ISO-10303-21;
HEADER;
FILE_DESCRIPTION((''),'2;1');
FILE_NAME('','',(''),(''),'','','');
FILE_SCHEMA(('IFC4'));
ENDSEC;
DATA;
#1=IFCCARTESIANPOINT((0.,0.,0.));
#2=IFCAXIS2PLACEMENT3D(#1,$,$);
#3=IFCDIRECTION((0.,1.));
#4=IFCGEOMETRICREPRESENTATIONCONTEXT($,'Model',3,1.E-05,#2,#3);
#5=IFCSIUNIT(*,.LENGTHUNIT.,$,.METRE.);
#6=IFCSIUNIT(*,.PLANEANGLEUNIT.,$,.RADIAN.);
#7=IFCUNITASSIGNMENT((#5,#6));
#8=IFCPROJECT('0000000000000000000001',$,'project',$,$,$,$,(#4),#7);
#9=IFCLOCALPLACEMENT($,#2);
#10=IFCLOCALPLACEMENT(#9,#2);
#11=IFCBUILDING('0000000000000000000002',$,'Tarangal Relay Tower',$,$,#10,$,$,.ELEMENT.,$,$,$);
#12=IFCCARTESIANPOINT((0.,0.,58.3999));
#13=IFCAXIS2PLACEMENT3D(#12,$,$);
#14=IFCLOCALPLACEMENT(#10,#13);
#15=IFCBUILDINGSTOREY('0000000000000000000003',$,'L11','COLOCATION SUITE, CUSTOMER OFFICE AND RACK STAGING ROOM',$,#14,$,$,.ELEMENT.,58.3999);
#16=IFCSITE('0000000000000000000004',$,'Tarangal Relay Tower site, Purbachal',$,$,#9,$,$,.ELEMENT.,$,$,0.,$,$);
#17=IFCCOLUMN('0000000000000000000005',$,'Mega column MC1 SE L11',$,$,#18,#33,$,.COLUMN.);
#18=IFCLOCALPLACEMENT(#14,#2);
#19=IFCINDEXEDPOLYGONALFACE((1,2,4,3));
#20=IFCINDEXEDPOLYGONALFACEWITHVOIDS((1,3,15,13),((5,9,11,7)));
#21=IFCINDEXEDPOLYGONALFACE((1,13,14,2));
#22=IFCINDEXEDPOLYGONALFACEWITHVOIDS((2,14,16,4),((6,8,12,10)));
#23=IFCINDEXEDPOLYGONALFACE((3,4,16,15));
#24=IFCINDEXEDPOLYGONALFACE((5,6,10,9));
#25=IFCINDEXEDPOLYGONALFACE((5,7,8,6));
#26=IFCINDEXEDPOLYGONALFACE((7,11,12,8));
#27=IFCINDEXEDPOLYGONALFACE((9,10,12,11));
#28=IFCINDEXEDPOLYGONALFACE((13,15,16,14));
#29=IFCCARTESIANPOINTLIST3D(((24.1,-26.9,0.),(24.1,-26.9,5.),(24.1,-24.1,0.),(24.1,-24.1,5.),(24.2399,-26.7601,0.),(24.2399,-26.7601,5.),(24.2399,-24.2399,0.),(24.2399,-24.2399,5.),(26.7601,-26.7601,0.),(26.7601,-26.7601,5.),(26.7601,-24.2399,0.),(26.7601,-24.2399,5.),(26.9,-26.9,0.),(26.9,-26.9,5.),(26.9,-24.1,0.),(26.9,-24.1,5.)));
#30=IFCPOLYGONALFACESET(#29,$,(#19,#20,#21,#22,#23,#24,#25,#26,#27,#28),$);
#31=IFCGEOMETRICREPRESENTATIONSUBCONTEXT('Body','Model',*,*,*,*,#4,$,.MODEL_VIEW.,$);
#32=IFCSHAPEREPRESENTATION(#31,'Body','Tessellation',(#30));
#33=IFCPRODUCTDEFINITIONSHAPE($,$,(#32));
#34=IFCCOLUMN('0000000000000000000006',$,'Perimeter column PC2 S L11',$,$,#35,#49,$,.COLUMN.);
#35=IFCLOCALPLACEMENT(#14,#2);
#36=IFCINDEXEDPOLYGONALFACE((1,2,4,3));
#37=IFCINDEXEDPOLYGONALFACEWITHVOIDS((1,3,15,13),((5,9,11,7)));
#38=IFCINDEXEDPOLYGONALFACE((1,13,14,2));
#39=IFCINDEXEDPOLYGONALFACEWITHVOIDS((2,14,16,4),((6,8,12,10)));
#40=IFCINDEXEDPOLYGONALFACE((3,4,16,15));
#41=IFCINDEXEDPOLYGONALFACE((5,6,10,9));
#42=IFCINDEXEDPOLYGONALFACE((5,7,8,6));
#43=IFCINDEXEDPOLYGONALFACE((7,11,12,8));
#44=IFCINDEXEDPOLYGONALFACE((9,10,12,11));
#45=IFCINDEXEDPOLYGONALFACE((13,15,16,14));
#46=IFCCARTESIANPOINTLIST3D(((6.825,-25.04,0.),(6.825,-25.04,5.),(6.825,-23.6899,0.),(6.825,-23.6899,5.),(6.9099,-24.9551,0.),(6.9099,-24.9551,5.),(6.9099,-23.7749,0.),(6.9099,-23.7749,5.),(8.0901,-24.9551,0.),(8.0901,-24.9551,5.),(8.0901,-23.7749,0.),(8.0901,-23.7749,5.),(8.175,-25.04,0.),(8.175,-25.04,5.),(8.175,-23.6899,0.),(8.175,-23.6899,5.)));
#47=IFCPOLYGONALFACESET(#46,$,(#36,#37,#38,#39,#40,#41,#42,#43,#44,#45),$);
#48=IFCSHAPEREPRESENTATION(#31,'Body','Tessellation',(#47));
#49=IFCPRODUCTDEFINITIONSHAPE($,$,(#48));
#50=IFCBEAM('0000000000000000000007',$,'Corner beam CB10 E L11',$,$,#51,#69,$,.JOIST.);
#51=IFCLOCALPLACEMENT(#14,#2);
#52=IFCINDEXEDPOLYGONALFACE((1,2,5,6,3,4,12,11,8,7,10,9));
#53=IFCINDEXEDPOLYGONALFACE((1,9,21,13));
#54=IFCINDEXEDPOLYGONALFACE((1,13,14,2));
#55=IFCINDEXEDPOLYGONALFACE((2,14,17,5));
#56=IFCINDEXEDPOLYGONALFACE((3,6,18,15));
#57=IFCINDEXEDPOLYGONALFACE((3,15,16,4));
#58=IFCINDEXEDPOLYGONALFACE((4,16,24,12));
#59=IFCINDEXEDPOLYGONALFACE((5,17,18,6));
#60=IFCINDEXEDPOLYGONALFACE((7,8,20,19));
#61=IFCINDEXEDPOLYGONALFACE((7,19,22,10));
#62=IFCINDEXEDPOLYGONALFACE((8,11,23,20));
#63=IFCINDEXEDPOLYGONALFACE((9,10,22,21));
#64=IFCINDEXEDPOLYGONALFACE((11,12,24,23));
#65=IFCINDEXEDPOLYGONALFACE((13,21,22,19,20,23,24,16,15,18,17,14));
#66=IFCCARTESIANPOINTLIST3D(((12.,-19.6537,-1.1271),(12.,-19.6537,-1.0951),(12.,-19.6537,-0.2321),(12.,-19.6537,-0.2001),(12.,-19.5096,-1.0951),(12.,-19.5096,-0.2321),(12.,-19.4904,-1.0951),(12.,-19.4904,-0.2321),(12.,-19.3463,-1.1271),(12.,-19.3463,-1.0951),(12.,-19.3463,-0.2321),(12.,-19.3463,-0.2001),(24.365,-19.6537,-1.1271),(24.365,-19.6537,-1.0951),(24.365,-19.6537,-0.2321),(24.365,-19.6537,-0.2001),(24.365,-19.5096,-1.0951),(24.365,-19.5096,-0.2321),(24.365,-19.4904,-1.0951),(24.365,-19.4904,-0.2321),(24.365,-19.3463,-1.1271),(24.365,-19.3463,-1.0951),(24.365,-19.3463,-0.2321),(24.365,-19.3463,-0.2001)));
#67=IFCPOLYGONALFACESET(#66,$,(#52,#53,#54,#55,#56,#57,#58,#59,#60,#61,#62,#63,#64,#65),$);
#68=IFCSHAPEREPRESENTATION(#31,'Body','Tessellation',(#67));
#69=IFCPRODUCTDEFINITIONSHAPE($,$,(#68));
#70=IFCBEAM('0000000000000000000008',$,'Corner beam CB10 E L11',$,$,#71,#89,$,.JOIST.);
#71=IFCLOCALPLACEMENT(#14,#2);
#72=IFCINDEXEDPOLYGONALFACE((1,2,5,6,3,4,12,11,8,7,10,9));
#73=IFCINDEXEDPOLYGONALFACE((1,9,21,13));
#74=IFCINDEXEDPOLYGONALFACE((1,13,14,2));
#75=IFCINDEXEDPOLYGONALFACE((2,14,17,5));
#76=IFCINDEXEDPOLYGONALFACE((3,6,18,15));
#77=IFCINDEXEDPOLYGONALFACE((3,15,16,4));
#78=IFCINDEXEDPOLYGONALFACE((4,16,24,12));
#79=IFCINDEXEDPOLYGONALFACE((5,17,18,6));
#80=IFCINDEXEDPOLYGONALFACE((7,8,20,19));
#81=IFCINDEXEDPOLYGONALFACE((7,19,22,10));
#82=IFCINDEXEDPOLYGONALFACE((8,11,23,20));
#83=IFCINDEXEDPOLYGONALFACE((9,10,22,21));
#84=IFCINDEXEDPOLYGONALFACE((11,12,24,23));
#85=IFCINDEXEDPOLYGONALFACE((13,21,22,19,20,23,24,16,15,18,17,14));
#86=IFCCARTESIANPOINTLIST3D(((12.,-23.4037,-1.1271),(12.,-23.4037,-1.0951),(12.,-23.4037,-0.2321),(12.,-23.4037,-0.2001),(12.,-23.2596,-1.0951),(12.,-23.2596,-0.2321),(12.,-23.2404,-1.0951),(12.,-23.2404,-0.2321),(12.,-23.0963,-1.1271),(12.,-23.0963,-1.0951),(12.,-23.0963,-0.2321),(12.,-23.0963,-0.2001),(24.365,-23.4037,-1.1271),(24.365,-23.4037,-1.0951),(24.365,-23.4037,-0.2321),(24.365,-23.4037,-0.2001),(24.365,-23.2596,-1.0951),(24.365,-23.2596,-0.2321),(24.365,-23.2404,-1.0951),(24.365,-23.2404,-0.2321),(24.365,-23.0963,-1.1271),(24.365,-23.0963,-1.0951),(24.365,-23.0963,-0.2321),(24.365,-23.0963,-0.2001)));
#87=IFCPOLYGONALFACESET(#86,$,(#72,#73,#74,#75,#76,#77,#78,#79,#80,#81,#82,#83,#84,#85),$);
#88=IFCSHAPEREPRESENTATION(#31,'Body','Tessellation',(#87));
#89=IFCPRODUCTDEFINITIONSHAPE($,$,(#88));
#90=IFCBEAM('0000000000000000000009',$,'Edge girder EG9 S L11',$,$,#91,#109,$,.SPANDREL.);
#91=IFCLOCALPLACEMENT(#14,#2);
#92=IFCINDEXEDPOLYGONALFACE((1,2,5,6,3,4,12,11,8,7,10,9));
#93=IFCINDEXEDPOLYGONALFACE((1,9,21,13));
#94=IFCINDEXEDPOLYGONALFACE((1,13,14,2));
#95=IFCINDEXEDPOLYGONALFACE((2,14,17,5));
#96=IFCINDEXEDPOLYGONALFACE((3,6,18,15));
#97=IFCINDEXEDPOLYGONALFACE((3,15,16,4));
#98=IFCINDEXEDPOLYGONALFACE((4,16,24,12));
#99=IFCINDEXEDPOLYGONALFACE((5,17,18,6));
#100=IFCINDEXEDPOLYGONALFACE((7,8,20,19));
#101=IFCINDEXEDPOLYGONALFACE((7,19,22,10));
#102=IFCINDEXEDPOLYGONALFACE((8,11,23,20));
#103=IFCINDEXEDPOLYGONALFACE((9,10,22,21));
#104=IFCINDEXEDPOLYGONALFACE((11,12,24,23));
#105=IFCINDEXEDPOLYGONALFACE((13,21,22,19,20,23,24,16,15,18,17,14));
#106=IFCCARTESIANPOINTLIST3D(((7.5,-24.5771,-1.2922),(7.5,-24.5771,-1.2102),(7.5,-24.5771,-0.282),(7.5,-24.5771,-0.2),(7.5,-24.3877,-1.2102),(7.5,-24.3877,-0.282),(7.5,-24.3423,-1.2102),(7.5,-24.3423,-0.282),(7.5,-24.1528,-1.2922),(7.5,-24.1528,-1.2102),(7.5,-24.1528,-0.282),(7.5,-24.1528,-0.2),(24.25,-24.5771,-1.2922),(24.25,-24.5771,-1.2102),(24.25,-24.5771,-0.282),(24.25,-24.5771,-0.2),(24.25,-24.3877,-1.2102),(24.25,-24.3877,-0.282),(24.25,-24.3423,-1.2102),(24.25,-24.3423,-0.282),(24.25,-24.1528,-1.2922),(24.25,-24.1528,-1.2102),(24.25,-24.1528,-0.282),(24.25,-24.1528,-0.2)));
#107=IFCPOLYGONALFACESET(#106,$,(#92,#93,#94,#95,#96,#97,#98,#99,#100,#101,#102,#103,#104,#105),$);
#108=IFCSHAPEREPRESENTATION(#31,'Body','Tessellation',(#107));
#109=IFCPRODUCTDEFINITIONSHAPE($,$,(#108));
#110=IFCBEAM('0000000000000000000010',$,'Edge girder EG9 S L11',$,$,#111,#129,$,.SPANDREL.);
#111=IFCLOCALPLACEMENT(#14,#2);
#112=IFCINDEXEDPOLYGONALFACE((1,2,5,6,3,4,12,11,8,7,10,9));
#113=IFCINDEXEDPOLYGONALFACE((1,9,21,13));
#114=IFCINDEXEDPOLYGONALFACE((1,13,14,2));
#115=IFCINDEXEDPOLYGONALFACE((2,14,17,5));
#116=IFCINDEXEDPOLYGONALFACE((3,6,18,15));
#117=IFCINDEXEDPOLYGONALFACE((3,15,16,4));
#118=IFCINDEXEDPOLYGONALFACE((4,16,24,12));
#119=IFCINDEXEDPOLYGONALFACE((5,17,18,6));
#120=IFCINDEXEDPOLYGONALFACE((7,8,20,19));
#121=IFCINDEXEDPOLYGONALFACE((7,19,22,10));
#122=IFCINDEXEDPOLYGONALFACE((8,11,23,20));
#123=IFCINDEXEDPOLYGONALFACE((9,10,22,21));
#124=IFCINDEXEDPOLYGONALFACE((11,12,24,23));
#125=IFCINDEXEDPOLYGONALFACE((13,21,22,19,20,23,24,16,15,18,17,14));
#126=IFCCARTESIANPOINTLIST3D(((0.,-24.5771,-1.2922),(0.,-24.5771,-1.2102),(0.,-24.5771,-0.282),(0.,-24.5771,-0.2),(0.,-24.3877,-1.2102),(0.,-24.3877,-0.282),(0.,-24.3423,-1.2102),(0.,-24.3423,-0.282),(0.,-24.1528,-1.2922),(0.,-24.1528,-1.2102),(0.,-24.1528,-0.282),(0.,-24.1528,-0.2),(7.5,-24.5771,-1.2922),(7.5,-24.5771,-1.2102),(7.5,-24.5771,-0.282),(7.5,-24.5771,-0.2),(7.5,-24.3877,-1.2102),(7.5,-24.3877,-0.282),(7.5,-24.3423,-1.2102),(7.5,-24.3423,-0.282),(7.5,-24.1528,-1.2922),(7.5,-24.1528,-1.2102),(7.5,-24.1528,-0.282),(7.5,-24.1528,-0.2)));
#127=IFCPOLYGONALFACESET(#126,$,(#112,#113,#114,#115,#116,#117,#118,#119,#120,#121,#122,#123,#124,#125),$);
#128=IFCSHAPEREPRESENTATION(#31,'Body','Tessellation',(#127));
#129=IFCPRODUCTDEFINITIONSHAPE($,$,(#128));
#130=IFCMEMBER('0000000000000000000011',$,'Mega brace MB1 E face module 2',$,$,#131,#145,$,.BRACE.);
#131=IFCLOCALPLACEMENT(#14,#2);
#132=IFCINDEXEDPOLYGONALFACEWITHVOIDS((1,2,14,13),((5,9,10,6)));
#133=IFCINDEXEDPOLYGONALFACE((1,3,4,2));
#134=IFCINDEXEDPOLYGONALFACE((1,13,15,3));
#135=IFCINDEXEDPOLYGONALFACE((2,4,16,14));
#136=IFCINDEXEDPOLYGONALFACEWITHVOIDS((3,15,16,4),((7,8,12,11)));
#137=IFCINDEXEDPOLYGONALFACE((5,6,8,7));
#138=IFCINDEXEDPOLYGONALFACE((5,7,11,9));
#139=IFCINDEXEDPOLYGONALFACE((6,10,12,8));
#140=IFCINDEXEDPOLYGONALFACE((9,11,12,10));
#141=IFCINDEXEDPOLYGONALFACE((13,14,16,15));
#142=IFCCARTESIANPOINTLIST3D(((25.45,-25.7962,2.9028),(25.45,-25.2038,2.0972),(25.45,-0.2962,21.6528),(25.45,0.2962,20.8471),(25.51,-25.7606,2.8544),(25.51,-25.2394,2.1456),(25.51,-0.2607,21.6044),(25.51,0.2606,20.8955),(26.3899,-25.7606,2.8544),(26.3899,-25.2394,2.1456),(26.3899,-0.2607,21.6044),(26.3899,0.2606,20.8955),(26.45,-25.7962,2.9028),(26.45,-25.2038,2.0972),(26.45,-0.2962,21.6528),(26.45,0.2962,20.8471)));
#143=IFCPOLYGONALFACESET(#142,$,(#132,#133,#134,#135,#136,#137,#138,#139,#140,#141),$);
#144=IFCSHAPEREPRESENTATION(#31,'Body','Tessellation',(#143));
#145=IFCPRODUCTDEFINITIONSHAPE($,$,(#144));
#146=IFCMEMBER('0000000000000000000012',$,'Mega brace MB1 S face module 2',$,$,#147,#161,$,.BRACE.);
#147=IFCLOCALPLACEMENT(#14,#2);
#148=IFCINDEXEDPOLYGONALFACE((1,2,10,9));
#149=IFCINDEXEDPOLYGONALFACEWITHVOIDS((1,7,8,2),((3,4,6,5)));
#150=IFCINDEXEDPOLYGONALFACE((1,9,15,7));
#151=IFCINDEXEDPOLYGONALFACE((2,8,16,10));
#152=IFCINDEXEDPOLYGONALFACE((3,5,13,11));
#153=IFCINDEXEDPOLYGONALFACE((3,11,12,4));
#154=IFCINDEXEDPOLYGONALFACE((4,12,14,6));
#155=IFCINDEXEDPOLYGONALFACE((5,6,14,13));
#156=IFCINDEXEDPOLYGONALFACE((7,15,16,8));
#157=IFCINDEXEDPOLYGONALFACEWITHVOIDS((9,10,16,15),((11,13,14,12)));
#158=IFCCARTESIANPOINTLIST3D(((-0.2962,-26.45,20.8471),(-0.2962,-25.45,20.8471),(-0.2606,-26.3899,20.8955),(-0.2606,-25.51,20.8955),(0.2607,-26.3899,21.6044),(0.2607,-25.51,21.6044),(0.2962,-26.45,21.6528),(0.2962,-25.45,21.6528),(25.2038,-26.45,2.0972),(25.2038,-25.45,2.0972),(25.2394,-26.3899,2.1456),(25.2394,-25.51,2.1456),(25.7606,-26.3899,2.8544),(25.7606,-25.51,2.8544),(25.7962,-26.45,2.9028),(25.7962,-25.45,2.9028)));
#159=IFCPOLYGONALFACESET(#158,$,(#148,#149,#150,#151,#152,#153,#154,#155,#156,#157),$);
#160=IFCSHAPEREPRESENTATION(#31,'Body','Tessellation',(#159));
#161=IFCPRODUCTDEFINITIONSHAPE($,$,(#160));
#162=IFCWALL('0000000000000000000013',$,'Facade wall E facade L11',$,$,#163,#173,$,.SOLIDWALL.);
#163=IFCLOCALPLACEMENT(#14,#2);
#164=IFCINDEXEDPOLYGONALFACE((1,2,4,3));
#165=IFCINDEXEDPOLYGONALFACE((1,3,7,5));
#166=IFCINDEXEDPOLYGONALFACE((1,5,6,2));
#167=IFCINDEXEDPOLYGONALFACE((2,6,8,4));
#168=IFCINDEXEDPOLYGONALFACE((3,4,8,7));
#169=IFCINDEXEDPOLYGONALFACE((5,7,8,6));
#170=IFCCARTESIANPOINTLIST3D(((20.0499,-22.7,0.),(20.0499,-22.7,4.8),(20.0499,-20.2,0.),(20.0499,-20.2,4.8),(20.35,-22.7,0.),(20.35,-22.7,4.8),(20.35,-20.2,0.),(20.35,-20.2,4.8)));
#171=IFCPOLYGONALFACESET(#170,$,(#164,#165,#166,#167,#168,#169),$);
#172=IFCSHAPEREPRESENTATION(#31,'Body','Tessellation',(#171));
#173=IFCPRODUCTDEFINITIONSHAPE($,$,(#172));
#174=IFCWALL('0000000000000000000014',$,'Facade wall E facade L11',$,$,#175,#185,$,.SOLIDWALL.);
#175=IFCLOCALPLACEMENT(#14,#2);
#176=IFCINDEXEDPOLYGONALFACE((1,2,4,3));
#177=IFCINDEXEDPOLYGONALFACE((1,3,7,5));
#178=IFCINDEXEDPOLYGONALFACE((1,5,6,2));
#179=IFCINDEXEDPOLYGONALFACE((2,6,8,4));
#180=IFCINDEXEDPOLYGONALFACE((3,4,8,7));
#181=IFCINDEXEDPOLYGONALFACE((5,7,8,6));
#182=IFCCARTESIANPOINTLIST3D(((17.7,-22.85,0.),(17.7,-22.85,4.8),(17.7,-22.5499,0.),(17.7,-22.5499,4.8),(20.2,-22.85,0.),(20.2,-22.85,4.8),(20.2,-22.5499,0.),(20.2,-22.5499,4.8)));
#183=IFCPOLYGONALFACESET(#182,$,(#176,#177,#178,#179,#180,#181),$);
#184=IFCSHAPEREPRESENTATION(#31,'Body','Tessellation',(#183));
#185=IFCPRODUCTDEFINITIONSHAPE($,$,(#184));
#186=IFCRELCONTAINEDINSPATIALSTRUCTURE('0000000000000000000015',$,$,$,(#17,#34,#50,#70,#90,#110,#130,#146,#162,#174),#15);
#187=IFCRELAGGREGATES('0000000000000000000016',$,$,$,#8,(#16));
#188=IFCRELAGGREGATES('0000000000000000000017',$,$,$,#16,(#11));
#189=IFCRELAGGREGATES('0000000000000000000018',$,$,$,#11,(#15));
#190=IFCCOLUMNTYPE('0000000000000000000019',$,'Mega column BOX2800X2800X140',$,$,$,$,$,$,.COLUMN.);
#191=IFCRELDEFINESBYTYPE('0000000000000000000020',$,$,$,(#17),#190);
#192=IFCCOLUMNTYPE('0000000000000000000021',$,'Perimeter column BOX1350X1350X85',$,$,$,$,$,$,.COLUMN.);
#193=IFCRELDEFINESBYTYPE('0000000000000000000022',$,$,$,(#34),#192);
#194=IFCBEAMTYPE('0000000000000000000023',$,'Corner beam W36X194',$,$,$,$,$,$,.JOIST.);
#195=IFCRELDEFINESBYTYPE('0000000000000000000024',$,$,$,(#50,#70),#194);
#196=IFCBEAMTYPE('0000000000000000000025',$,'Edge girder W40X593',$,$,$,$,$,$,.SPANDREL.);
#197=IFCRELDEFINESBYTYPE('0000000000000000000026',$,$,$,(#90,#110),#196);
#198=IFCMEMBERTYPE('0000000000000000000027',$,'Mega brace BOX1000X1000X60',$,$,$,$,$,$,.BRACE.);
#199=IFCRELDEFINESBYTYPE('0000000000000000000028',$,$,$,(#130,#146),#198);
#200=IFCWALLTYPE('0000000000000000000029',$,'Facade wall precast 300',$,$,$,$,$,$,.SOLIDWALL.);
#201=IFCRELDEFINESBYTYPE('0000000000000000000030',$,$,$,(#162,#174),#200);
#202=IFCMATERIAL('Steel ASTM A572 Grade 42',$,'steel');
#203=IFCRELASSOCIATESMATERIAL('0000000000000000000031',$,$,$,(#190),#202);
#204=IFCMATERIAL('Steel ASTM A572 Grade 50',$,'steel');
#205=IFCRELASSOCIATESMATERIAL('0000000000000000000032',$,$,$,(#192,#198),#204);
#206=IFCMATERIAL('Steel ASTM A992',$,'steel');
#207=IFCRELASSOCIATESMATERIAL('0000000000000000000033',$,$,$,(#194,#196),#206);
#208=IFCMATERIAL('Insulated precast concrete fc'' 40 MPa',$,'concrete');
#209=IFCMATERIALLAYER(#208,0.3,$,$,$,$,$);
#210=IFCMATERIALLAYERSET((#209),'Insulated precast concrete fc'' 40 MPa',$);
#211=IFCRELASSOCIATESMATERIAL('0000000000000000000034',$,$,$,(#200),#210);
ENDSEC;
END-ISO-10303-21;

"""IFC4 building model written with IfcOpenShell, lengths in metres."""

from ifc_helpers import new_model, si_unit, direction, frame, frame_2d, origin, origin_2d, place, context, subcontext, project, spatial, rectangle, hollow_rectangle, i_section, extrude, material, layer, layer_set, material_profile, profile_set, type_object, element, save


model = new_model("IFC4")

# Units and contexts
model_context = context("Model", 3, precision=1e-05, world=origin(), true_north=direction((0.0, 1.0)))
body_context = subcontext(model_context, "Body", "Model", "MODEL_VIEW")
ifc_project = project(units=[si_unit("LENGTHUNIT", "METRE"), si_unit("PLANEANGLEUNIT", "RADIAN")], contexts=[model_context])

# Site, building, storey
site_placement = place(None, origin())
site = spatial("IfcSite", under=ifc_project, at=site_placement, Name="Tarangal Relay Tower site, Purbachal", CompositionType="ELEMENT", RefElevation=0.0)
building_placement = place(site_placement, origin())
building = spatial("IfcBuilding", under=site, at=building_placement, Name="Tarangal Relay Tower", CompositionType="ELEMENT")
storey_placement = place(building_placement, frame((0.0, 0.0, 58.3999)))
storey = spatial("IfcBuildingStorey", under=building, at=storey_placement, Name="L11", Description="COLOCATION SUITE, CUSTOMER OFFICE AND RACK STAGING ROOM", CompositionType="ELEMENT", Elevation=58.3999)

# Columns
ifc_material_1 = material(Name="Steel ASTM A572 Grade 42", Category="steel")
ifc_material_profile_1 = material_profile(ifc_material_1, hollow_rectangle(XDim=2.8, YDim=2.8, WallThickness=0.1399, at=origin_2d()), Name="BOX2800X2800X140")
ifc_profile_set_1 = profile_set([ifc_material_profile_1], Name="Steel ASTM A572 Grade 42")
column_type_1 = type_object("IfcColumnType", Name="Mega column BOX2800X2800X140", PredefinedType="COLUMN", material=ifc_profile_set_1)
column_1_placement = place(storey_placement, frame((25.5, -25.5, 0.0), z_axis=(0.0, 0.0, 1.0), x_axis=(1.0, 0.0, 0.0)))
element("IfcColumn", 1, at=column_1_placement, inside=storey, type_object=column_type_1, Name="Mega column MC1 SE L11", PredefinedType="COLUMN", context=body_context, shape_type="SweptSolid", body=[
    extrude(hollow_rectangle(XDim=2.8, YDim=2.8, WallThickness=0.1399, at=origin_2d()), origin(), (0.0, 0.0, 1.0), 5.0),
])
ifc_material_2 = material(Name="Steel ASTM A572 Grade 50", Category="steel")
ifc_material_profile_2 = material_profile(ifc_material_2, hollow_rectangle(XDim=1.3501, YDim=1.3501, WallThickness=0.085, at=origin_2d()), Name="BOX1350X1350X85")
ifc_profile_set_2 = profile_set([ifc_material_profile_2], Name="Steel ASTM A572 Grade 50")
column_type_2 = type_object("IfcColumnType", Name="Perimeter column BOX1350X1350X85", PredefinedType="COLUMN", material=ifc_profile_set_2)
column_2_placement = place(storey_placement, frame((7.5, -24.365, 0.0), z_axis=(0.0, 0.0, 1.0), x_axis=(1.0, 0.0, 0.0)))
element("IfcColumn", 2, at=column_2_placement, inside=storey, type_object=column_type_2, Name="Perimeter column PC2 S L11", PredefinedType="COLUMN", context=body_context, shape_type="SweptSolid", body=[
    extrude(hollow_rectangle(XDim=1.3501, YDim=1.3501, WallThickness=0.085, at=origin_2d()), origin(), (0.0, 0.0, 1.0), 5.0),
])

# Beams
ifc_material_3 = material(Name="Steel ASTM A992", Category="steel")
ifc_material_profile_3 = material_profile(ifc_material_3, i_section(OverallWidth=0.3074, OverallDepth=0.927, WebThickness=0.0193, FlangeThickness=0.032, at=origin_2d()), Name="W36X194")
ifc_profile_set_3 = profile_set([ifc_material_profile_3], Name="Steel ASTM A992")
beam_type_1 = type_object("IfcBeamType", Name="Corner beam W36X194", PredefinedType="JOIST", material=ifc_profile_set_3)
for number, where, z_axis, x_axis, name in (
    (3, (12.0, -19.5, -0.6636), (1.0, 0.0, 0.0), (0.0, 1.0, 0.0), "Corner beam CB10 E L11"),
    (4, (12.0, -23.25, -0.6636), (1.0, 0.0, 0.0), (0.0, 1.0, 0.0), "Corner beam CB10 E L11"),
):
    element("IfcBeam", number, at=place(storey_placement, frame(where, z_axis=z_axis, x_axis=x_axis)), inside=storey, type_object=beam_type_1, Name=name, PredefinedType="JOIST", context=body_context, shape_type="SweptSolid", body=[
        extrude(i_section(OverallWidth=0.3074, OverallDepth=0.927, WebThickness=0.0193, FlangeThickness=0.032, at=origin_2d()), origin(), (0.0, 0.0, 1.0), 12.365),
    ])
ifc_material_profile_4 = material_profile(ifc_material_3, i_section(OverallWidth=0.4243, OverallDepth=1.0923, WebThickness=0.0454, FlangeThickness=0.082, at=origin_2d()), Name="W40X593")
ifc_profile_set_4 = profile_set([ifc_material_profile_4], Name="Steel ASTM A992")
beam_type_2 = type_object("IfcBeamType", Name="Edge girder W40X593", PredefinedType="SPANDREL", material=ifc_profile_set_4)
beam_1_placement = place(storey_placement, frame((24.25, -24.365, -0.7461), z_axis=(-1.0, 0.0, 0.0), x_axis=(0.0, -1.0, 0.0)))
element("IfcBeam", 5, at=beam_1_placement, inside=storey, type_object=beam_type_2, Name="Edge girder EG9 S L11", PredefinedType="SPANDREL", context=body_context, shape_type="SweptSolid", body=[
    extrude(i_section(OverallWidth=0.4243, OverallDepth=1.0923, WebThickness=0.0454, FlangeThickness=0.082, at=origin_2d()), origin(), (0.0, 0.0, 1.0), 16.75),
])
beam_2_placement = place(storey_placement, frame((7.5, -24.365, -0.7461), z_axis=(-1.0, 0.0, 0.0), x_axis=(0.0, -1.0, 0.0)))
element("IfcBeam", 6, at=beam_2_placement, inside=storey, type_object=beam_type_2, Name="Edge girder EG9 S L11", PredefinedType="SPANDREL", context=body_context, shape_type="SweptSolid", body=[
    extrude(i_section(OverallWidth=0.4243, OverallDepth=1.0923, WebThickness=0.0454, FlangeThickness=0.082, at=origin_2d()), origin(), (0.0, 0.0, 1.0), 7.5),
])

# Members
ifc_material_profile_5 = material_profile(ifc_material_2, hollow_rectangle(XDim=1.0, YDim=1.0, WallThickness=0.0601, at=origin_2d()), Name="BOX1000X1000X60")
ifc_profile_set_5 = profile_set([ifc_material_profile_5], Name="Steel ASTM A572 Grade 50")
member_type = type_object("IfcMemberType", Name="Mega brace BOX1000X1000X60", PredefinedType="BRACE", material=ifc_profile_set_5)
for number, where, z_axis, x_axis, name in (
    (7, (25.95, -25.5, 2.5), (0.0, 0.805651, 0.59239), (-1.0, 0.0, 0.0), "Mega brace MB1 E face module 2"),
    (8, (25.5, -25.95, 2.5), (-0.805651, 0.0, 0.59239), (0.0, -1.0, 0.0), "Mega brace MB1 S face module 2"),
):
    element("IfcMember", number, at=place(storey_placement, frame(where, z_axis=z_axis, x_axis=x_axis)), inside=storey, type_object=member_type, Name=name, PredefinedType="BRACE", context=body_context, shape_type="SweptSolid", body=[
        extrude(hollow_rectangle(XDim=1.0, YDim=1.0, WallThickness=0.0601, at=origin_2d()), origin(), (0.0, 0.0, 1.0), 31.6514),
    ])

# Shared definitions
ifc_material_4 = material(Name="Insulated precast concrete fc' 40 MPa", Category="concrete")
ifc_layer_1 = layer(ifc_material_4, 0.3)
ifc_layer_set_1 = layer_set([ifc_layer_1], Name="Insulated precast concrete fc' 40 MPa")
wall_type_1 = type_object("IfcWallType", Name="Facade wall precast 300", PredefinedType="SOLIDWALL", material=ifc_layer_set_1)

# Walls
for number, where, z_axis, x_axis, name in (
    (9, (20.2, -20.2, 0.0), (0.0, 0.0, 1.0), (0.0, -1.0, 0.0), "Facade wall E facade L11"),
    (10, (20.2, -22.7, 0.0), (0.0, 0.0, 1.0), (-1.0, 0.0, 0.0), "Facade wall E facade L11"),
):
    element("IfcWall", number, at=place(storey_placement, frame(where, z_axis=z_axis, x_axis=x_axis)), inside=storey, type_object=wall_type_1, Name=name, PredefinedType="SOLIDWALL", context=body_context, shape_type="SweptSolid", body=[
        extrude(rectangle(XDim=2.5, YDim=0.3, at=frame_2d((1.25, 0.0))), origin(), (0.0, 0.0, 1.0), 4.8),
    ])

save(model, "model.ifc")
